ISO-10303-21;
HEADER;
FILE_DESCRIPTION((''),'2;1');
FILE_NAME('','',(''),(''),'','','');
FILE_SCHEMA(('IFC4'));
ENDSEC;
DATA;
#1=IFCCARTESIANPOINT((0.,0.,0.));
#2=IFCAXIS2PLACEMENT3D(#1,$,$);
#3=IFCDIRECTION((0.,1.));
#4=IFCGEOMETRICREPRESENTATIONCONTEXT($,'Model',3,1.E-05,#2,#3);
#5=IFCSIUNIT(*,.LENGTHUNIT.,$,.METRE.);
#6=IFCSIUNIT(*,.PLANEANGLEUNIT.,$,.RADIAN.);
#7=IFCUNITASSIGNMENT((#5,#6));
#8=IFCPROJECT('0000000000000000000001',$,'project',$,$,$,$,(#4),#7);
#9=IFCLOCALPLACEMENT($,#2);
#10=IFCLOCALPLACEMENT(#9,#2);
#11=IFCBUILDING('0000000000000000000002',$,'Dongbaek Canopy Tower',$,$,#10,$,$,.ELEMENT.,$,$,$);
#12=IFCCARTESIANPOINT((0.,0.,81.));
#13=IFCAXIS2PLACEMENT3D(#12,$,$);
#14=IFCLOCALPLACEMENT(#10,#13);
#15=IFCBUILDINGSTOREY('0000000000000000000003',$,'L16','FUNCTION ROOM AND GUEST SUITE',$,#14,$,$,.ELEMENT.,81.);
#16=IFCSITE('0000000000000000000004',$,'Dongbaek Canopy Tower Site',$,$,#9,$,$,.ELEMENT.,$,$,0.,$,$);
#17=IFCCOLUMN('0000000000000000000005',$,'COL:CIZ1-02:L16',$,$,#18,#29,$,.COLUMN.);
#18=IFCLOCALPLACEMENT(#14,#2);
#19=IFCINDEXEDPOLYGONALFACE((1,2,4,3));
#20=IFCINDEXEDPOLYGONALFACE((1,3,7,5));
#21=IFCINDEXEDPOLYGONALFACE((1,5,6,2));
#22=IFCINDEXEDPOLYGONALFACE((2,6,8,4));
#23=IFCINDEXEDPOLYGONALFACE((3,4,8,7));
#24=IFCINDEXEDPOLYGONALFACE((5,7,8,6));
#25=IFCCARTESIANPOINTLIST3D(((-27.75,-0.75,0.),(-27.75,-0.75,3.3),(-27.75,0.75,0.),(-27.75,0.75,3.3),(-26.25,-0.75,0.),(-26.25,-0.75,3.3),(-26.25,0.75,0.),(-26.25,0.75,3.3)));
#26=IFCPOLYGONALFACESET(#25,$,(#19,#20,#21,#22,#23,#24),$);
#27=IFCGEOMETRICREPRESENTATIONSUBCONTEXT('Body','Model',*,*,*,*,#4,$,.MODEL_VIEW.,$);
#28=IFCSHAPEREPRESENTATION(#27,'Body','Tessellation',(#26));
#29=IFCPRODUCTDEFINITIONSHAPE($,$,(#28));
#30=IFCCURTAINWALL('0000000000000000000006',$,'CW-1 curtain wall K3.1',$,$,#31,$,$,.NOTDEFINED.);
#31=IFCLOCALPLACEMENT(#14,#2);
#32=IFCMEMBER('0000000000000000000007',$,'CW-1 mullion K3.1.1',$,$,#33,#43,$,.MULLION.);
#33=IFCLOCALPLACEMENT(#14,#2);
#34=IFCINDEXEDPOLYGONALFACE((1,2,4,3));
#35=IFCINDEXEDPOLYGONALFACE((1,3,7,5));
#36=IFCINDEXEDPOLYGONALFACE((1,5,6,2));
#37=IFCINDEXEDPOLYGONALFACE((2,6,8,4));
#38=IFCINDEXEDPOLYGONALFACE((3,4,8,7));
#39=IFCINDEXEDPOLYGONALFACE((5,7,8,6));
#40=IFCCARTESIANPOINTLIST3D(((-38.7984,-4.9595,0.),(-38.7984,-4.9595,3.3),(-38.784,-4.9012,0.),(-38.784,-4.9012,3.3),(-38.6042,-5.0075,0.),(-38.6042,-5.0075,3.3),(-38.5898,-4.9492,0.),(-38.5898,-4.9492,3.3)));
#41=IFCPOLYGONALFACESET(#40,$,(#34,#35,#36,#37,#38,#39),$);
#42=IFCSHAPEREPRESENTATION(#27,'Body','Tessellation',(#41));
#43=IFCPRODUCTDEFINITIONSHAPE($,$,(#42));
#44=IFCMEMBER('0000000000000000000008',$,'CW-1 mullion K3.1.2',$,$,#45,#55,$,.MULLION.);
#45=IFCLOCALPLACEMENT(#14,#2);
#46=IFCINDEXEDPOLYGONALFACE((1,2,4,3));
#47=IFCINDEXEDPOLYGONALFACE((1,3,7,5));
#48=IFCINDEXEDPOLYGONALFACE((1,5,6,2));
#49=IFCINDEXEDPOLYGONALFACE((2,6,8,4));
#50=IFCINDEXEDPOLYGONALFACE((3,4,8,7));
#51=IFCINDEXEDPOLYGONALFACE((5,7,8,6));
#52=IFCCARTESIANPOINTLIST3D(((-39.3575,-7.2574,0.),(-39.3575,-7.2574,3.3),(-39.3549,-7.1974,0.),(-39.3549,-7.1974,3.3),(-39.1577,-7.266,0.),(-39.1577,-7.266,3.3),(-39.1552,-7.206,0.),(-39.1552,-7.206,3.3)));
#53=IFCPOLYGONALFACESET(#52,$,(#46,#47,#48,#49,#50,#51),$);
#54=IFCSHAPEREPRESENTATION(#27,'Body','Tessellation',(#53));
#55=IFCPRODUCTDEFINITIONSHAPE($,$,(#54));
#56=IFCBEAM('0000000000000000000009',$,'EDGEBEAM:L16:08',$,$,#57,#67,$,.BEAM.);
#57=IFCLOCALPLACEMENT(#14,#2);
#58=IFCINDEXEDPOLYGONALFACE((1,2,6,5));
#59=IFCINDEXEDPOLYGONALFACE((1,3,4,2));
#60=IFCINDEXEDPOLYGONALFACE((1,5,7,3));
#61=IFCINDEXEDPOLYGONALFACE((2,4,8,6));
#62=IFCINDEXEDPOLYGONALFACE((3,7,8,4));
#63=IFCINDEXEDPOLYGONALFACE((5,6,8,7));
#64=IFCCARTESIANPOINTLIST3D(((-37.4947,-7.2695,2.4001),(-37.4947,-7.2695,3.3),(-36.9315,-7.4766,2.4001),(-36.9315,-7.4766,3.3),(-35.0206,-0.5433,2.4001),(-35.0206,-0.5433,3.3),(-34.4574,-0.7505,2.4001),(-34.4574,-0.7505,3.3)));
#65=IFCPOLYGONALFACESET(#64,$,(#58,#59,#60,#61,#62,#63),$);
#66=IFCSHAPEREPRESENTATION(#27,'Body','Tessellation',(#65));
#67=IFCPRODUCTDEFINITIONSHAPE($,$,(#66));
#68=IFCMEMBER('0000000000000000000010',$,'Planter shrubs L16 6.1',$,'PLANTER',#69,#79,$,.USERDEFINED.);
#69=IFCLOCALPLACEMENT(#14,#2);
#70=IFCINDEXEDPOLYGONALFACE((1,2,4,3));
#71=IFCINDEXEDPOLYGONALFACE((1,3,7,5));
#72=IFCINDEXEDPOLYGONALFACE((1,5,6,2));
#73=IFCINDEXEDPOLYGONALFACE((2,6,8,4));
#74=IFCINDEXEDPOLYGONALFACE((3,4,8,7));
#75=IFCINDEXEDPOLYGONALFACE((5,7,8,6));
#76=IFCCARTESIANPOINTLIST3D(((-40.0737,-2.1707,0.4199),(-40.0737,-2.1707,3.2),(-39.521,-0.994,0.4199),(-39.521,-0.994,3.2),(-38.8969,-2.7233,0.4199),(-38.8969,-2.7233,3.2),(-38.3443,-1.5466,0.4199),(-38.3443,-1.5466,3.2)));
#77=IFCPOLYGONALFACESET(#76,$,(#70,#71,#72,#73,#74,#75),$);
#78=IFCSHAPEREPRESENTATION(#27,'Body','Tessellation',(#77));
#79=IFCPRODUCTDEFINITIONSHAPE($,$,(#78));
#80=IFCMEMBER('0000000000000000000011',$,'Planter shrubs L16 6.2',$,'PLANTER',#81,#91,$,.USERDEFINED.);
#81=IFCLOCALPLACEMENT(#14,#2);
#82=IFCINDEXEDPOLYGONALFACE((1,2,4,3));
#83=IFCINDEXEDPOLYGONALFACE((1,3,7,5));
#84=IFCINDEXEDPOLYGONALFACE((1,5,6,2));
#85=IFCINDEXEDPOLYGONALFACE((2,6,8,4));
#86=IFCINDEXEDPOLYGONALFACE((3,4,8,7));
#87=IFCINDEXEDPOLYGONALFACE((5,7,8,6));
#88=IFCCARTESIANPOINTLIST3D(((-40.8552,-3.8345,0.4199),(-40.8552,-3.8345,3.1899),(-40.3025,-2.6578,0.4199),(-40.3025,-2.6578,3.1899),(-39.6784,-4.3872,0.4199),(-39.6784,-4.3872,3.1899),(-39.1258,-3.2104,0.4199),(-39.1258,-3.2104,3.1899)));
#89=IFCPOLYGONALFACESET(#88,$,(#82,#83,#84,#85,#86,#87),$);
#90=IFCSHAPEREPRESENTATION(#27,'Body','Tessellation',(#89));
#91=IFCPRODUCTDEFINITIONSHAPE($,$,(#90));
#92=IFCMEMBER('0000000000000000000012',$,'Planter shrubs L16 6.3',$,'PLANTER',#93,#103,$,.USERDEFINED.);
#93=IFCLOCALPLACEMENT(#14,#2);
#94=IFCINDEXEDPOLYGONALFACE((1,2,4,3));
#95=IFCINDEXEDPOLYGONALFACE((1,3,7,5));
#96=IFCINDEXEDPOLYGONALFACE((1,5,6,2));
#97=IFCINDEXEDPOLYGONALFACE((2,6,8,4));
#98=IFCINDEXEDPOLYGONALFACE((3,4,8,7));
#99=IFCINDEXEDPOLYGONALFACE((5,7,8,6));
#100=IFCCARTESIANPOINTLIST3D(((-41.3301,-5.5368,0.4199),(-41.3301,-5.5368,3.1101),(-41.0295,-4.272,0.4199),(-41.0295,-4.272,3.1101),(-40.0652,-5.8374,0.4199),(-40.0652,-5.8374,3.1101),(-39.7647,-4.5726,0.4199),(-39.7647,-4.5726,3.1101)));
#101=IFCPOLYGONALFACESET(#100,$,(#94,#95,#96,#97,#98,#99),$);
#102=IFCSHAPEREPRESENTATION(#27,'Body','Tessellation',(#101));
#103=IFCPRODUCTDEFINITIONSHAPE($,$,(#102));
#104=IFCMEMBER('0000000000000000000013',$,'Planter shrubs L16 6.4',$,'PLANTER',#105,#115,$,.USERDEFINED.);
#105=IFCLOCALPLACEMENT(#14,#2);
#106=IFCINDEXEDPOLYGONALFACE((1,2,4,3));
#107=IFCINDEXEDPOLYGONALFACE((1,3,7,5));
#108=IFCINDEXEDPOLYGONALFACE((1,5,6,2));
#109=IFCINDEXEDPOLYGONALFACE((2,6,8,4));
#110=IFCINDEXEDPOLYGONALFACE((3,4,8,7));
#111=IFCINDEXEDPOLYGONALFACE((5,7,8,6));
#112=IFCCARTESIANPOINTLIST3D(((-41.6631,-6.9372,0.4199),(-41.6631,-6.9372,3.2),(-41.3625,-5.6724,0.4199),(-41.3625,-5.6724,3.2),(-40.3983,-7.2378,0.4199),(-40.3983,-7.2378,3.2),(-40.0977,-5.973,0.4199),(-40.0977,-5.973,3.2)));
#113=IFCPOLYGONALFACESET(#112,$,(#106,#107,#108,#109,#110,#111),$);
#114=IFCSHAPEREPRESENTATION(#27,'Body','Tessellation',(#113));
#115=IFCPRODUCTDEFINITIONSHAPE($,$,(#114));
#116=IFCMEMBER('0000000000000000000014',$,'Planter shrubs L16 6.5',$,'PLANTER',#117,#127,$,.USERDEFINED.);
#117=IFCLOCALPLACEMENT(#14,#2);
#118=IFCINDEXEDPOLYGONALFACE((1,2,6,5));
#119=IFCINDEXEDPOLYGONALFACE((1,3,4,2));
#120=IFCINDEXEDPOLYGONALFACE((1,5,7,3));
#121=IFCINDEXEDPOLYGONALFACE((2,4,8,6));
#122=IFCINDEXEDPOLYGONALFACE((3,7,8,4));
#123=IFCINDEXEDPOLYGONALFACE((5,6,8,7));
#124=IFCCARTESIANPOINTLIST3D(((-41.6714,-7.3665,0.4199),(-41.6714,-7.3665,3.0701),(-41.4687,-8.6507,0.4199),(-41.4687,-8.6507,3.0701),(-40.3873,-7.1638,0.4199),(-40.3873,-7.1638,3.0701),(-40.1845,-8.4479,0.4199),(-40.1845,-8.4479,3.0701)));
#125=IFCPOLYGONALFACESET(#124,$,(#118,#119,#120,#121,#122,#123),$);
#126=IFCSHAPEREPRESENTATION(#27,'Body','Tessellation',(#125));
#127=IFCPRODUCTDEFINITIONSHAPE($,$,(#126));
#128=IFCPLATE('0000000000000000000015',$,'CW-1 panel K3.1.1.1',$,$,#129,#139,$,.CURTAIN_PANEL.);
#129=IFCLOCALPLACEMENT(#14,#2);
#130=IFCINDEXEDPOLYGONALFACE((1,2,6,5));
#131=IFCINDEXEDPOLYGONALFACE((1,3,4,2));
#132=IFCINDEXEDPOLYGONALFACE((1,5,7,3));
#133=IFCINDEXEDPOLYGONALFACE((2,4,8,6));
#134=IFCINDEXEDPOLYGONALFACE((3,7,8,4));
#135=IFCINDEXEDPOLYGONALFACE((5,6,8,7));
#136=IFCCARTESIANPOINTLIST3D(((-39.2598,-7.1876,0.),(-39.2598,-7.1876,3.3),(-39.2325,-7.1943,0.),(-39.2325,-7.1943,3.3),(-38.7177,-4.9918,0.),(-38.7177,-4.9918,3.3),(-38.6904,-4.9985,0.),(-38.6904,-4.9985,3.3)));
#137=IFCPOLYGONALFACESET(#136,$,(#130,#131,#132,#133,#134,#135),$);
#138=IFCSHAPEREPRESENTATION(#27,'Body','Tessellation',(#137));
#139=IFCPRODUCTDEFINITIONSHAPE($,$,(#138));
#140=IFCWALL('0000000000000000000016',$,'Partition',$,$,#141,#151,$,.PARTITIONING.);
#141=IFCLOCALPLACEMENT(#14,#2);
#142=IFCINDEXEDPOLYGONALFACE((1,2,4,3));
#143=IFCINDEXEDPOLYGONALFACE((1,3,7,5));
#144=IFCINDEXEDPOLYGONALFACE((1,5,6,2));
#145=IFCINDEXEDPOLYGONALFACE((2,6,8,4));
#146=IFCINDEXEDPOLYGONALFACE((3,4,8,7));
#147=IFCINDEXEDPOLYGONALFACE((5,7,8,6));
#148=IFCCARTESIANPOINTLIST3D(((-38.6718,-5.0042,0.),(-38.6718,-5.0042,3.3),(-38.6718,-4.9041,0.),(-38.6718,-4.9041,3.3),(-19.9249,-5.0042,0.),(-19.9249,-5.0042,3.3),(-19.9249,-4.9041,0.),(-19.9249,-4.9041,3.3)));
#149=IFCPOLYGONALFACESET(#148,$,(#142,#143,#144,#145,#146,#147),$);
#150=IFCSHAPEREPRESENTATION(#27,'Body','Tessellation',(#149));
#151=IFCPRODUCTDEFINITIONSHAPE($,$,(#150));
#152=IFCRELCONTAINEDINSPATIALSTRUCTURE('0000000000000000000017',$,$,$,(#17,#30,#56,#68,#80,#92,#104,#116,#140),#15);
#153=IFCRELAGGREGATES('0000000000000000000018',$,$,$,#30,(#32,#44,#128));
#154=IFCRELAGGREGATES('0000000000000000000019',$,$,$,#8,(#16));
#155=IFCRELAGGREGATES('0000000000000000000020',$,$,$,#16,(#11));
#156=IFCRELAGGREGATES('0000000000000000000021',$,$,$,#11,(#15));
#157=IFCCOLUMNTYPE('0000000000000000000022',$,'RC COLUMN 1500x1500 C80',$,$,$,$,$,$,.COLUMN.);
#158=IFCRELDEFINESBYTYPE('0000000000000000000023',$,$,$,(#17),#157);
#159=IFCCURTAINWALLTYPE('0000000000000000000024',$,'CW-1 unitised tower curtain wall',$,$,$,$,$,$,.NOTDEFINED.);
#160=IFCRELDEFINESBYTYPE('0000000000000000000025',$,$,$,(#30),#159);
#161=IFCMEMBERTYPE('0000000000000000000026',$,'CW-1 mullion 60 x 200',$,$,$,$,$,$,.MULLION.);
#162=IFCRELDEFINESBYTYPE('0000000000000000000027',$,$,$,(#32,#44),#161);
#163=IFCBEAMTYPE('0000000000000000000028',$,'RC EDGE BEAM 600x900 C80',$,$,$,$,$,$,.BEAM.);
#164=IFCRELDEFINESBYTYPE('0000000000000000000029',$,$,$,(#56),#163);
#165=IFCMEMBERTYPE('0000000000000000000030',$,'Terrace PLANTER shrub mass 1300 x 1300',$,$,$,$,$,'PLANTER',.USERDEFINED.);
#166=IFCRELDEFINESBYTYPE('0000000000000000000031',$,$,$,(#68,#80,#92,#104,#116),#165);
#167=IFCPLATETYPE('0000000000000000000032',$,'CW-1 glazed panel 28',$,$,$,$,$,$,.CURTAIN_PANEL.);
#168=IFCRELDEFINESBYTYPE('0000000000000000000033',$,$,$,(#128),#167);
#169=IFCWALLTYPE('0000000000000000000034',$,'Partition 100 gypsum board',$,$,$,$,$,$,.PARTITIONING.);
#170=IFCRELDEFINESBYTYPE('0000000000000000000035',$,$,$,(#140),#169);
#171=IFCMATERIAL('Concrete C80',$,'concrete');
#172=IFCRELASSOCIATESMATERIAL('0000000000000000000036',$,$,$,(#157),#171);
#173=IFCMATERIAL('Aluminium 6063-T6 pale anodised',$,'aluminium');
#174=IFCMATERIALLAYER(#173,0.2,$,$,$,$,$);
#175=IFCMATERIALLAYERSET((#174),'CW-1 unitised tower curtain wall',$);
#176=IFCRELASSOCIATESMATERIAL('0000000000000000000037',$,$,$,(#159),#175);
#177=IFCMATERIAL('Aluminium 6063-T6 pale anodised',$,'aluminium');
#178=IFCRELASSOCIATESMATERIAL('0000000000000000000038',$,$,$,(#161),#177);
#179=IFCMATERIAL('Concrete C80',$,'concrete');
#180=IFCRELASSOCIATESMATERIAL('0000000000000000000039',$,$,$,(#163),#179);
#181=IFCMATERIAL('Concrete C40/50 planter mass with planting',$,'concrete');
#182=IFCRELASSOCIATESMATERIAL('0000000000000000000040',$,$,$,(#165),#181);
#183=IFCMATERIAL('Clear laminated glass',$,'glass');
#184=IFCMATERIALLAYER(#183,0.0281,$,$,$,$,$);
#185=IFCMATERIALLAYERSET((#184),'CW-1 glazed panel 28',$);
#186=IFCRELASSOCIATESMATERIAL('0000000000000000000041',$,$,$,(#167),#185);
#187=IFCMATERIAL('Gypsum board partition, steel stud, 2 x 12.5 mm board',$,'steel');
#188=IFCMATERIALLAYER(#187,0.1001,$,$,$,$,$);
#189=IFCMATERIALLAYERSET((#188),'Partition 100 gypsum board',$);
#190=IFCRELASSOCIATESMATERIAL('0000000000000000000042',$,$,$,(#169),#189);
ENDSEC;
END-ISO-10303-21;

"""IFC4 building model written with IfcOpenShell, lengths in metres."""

from ifc_helpers import new_model, si_unit, direction, frame, frame_2d, origin, origin_2d, place, context, subcontext, project, spatial, rectangle, extrude, material, layer, layer_set, material_profile, profile_set, type_object, element, aggregate, save


model = new_model("IFC4")

# Units and contexts
model_context = context("Model", 3, precision=1e-05, world=origin(), true_north=direction((0.0, 1.0)))
body_context = subcontext(model_context, "Body", "Model", "MODEL_VIEW")
ifc_project = project(units=[si_unit("LENGTHUNIT", "METRE"), si_unit("PLANEANGLEUNIT", "RADIAN")], contexts=[model_context])

# Site, building, storey
site_placement = place(None, origin())
site = spatial("IfcSite", under=ifc_project, at=site_placement, Name="Dongbaek Canopy Tower Site", CompositionType="ELEMENT", RefElevation=0.0)
building_placement = place(site_placement, origin())
building = spatial("IfcBuilding", under=site, at=building_placement, Name="Dongbaek Canopy Tower", CompositionType="ELEMENT")
storey_placement = place(building_placement, frame((0.0, 0.0, 81.0)))
storey = spatial("IfcBuildingStorey", under=building, at=storey_placement, Name="L16", Description="FUNCTION ROOM AND GUEST SUITE", CompositionType="ELEMENT", Elevation=81.0)

# Column
ifc_material_1 = material(Name="Concrete C80", Category="concrete")
ifc_material_profile_1 = material_profile(ifc_material_1, rectangle(XDim=1.5, YDim=1.5, at=origin_2d()), Name="RC COLUMN 1500x1500 C80")
ifc_profile_set_1 = profile_set([ifc_material_profile_1], Name="Concrete C80")
column_type = type_object("IfcColumnType", Name="RC COLUMN 1500x1500 C80", PredefinedType="COLUMN", material=ifc_profile_set_1)
column_placement = place(storey_placement, frame((-27.0, 0.0, 0.0), z_axis=(0.0, 0.0, 1.0), x_axis=(1.0, 0.0, 0.0)))
element("IfcColumn", 1, at=column_placement, inside=storey, type_object=column_type, Name="COL:CIZ1-02:L16", PredefinedType="COLUMN", context=body_context, shape_type="SweptSolid", body=[
    extrude(rectangle(XDim=1.5, YDim=1.5, at=origin_2d()), origin(), (0.0, 0.0, 1.0), 3.3),
])

# Curtain wall, members
ifc_material_2 = material(Name="Aluminium 6063-T6 pale anodised", Category="aluminium")
ifc_layer_1 = layer(ifc_material_2, 0.2)
ifc_layer_set_1 = layer_set([ifc_layer_1], Name="CW-1 unitised tower curtain wall")
curtain_wall_type = type_object("IfcCurtainWallType", Name="CW-1 unitised tower curtain wall", PredefinedType="NOTDEFINED", material=ifc_layer_set_1)
curtain_wall_placement = place(storey_placement, origin())
curtain_wall = element("IfcCurtainWall", 2, at=curtain_wall_placement, inside=storey, type_object=curtain_wall_type, Name="CW-1 curtain wall K3.1", PredefinedType="NOTDEFINED")
ifc_material_3 = material(Name="Aluminium 6063-T6 pale anodised", Category="aluminium")
ifc_material_profile_2 = material_profile(ifc_material_3, rectangle(XDim=0.2, YDim=0.0601, at=origin_2d()), Name="CW-1 mullion 60 x 200")
ifc_profile_set_2 = profile_set([ifc_material_profile_2], Name="Aluminium 6063-T6 pale anodised")
member_type_1 = type_object("IfcMemberType", Name="CW-1 mullion 60 x 200", PredefinedType="MULLION", material=ifc_profile_set_2)
member_1_placement = place(storey_placement, frame((-38.6941, -4.9543, 0.0), z_axis=(0.0, 0.0, 1.0), x_axis=(-0.970853, 0.239676, 0.0)))
member_1 = element("IfcMember", 3, at=member_1_placement, type_object=member_type_1, Name="CW-1 mullion K3.1.1", PredefinedType="MULLION", context=body_context, shape_type="SweptSolid", body=[
    extrude(rectangle(XDim=0.2, YDim=0.0601, at=origin_2d()), origin(), (0.0, 0.0, 1.0), 3.3),
])
member_2_placement = place(storey_placement, frame((-39.2563, -7.2317, 0.0), z_axis=(0.0, 0.0, 1.0), x_axis=(-0.999088, 0.042704, 0.0)))
member_2 = element("IfcMember", 4, at=member_2_placement, type_object=member_type_1, Name="CW-1 mullion K3.1.2", PredefinedType="MULLION", context=body_context, shape_type="SweptSolid", body=[
    extrude(rectangle(XDim=0.2, YDim=0.0601, at=origin_2d()), origin(), (0.0, 0.0, 1.0), 3.3),
])

# Beam
ifc_material_4 = material(Name="Concrete C80", Category="concrete")
ifc_material_profile_3 = material_profile(ifc_material_4, rectangle(XDim=0.6001, YDim=0.8999, at=origin_2d()), Name="RC EDGE BEAM 600x900 C80")
ifc_profile_set_3 = profile_set([ifc_material_profile_3], Name="Concrete C80")
beam_type = type_object("IfcBeamType", Name="RC EDGE BEAM 600x900 C80", PredefinedType="BEAM", material=ifc_profile_set_3)
beam_placement = place(storey_placement, frame((-37.2131, -7.373, 2.8501), z_axis=(0.345225, 0.93852, 0.0), x_axis=(-0.93852, 0.345225, 0.0)))
element("IfcBeam", 5, at=beam_placement, inside=storey, type_object=beam_type, Name="EDGEBEAM:L16:08", PredefinedType="BEAM", context=body_context, shape_type="SweptSolid", body=[
    extrude(rectangle(XDim=0.6001, YDim=0.8999, at=origin_2d()), origin(), (0.0, 0.0, 1.0), 7.1667),
])

# Members
ifc_material_5 = material(Name="Concrete C40/50 planter mass with planting", Category="concrete")
ifc_material_profile_4 = material_profile(ifc_material_5, rectangle(XDim=1.3, YDim=1.3, at=origin_2d()), Name="Terrace PLANTER shrub mass 1300 x 1300")
ifc_profile_set_4 = profile_set([ifc_material_profile_4], Name="Concrete C40/50 planter mass with planting")
member_type_2 = type_object("IfcMemberType", Name="Terrace PLANTER shrub mass 1300 x 1300", ElementType="PLANTER", PredefinedType="USERDEFINED", material=ifc_profile_set_4)
member_3_placement = place(storey_placement, frame((-39.209, -1.8586, 0.4199), z_axis=(0.0, 0.0, 1.0), x_axis=(-0.905149, 0.425094, 0.0)))
element("IfcMember", 6, at=member_3_placement, inside=storey, type_object=member_type_2, Name="Planter shrubs L16 6.1", ObjectType="PLANTER", PredefinedType="USERDEFINED", context=body_context, shape_type="SweptSolid", body=[
    extrude(rectangle(XDim=1.3, YDim=1.3, at=origin_2d()), origin(), (0.0, 0.0, 1.0), 2.78),
])
member_4_placement = place(storey_placement, frame((-39.9905, -3.5225, 0.4199), z_axis=(0.0, 0.0, 1.0), x_axis=(-0.905149, 0.425094, 0.0)))
element("IfcMember", 7, at=member_4_placement, inside=storey, type_object=member_type_2, Name="Planter shrubs L16 6.2", ObjectType="PLANTER", PredefinedType="USERDEFINED", context=body_context, shape_type="SweptSolid", body=[
    extrude(rectangle(XDim=1.3, YDim=1.3, at=origin_2d()), origin(), (0.0, 0.0, 1.0), 2.77),
])
member_5_placement = place(storey_placement, frame((-40.5474, -5.0547, 0.4199), z_axis=(0.0, 0.0, 1.0), x_axis=(-0.972904, 0.231211, 0.0)))
element("IfcMember", 8, at=member_5_placement, inside=storey, type_object=member_type_2, Name="Planter shrubs L16 6.3", ObjectType="PLANTER", PredefinedType="USERDEFINED", context=body_context, shape_type="SweptSolid", body=[
    extrude(rectangle(XDim=1.3, YDim=1.3, at=origin_2d()), origin(), (0.0, 0.0, 1.0), 2.6902),
])
member_6_placement = place(storey_placement, frame((-40.8804, -6.4551, 0.4199), z_axis=(0.0, 0.0, 1.0), x_axis=(-0.972904, 0.231211, 0.0)))
element("IfcMember", 9, at=member_6_placement, inside=storey, type_object=member_type_2, Name="Planter shrubs L16 6.4", ObjectType="PLANTER", PredefinedType="USERDEFINED", context=body_context, shape_type="SweptSolid", body=[
    extrude(rectangle(XDim=1.3, YDim=1.3, at=origin_2d()), origin(), (0.0, 0.0, 1.0), 2.78),
])
member_7_placement = place(storey_placement, frame((-40.928, -7.9072, 0.4199), z_axis=(0.0, 0.0, 1.0), x_axis=(-0.987764, -0.155959, 0.0)))
element("IfcMember", 10, at=member_7_placement, inside=storey, type_object=member_type_2, Name="Planter shrubs L16 6.5", ObjectType="PLANTER", PredefinedType="USERDEFINED", context=body_context, shape_type="SweptSolid", body=[
    extrude(rectangle(XDim=1.3, YDim=1.3, at=origin_2d()), origin(), (0.0, 0.0, 1.0), 2.6501),
])

# Plate
ifc_material_6 = material(Name="Clear laminated glass", Category="glass")
ifc_layer_2 = layer(ifc_material_6, 0.0281)
ifc_layer_set_2 = layer_set([ifc_layer_2], Name="CW-1 glazed panel 28")
plate_type = type_object("IfcPlateType", Name="CW-1 glazed panel 28", PredefinedType="CURTAIN_PANEL", material=ifc_layer_set_2)
plate_placement = place(storey_placement, frame((-38.9751, -6.093, 0.0), z_axis=(0.0, 0.0, 1.0), x_axis=(-0.239676, -0.970853, 0.0)))
plate = element("IfcPlate", 11, at=plate_placement, type_object=plate_type, Name="CW-1 panel K3.1.1.1", PredefinedType="CURTAIN_PANEL", context=body_context, shape_type="SweptSolid", body=[
    extrude(rectangle(XDim=2.2617, YDim=0.0281, at=origin_2d()), origin(), (0.0, 0.0, 1.0), 3.3),
])
aggregate(curtain_wall, [member_1, member_2, plate])

# Wall
ifc_material_7 = material(Name="Gypsum board partition, steel stud, 2 x 12.5 mm board", Category="steel")
ifc_layer_3 = layer(ifc_material_7, 0.1001)
ifc_layer_set_3 = layer_set([ifc_layer_3], Name="Partition 100 gypsum board")
wall_type_1 = type_object("IfcWallType", Name="Partition 100 gypsum board", PredefinedType="PARTITIONING", material=ifc_layer_set_3)
wall_1_placement = place(storey_placement, frame((-38.6719, -4.9541, 0.0), z_axis=(0.0, 0.0, 1.0), x_axis=(1.0, 0.0, 0.0)))
element("IfcWall", 12, at=wall_1_placement, inside=storey, type_object=wall_type_1, Name="Partition", PredefinedType="PARTITIONING", context=body_context, shape_type="SweptSolid", body=[
    extrude(rectangle(XDim=18.7468, YDim=0.1001, at=frame_2d((9.3735, 0.0))), origin(), (0.0, 0.0, 1.0), 3.3),
])

save(model, "model.ifc")
